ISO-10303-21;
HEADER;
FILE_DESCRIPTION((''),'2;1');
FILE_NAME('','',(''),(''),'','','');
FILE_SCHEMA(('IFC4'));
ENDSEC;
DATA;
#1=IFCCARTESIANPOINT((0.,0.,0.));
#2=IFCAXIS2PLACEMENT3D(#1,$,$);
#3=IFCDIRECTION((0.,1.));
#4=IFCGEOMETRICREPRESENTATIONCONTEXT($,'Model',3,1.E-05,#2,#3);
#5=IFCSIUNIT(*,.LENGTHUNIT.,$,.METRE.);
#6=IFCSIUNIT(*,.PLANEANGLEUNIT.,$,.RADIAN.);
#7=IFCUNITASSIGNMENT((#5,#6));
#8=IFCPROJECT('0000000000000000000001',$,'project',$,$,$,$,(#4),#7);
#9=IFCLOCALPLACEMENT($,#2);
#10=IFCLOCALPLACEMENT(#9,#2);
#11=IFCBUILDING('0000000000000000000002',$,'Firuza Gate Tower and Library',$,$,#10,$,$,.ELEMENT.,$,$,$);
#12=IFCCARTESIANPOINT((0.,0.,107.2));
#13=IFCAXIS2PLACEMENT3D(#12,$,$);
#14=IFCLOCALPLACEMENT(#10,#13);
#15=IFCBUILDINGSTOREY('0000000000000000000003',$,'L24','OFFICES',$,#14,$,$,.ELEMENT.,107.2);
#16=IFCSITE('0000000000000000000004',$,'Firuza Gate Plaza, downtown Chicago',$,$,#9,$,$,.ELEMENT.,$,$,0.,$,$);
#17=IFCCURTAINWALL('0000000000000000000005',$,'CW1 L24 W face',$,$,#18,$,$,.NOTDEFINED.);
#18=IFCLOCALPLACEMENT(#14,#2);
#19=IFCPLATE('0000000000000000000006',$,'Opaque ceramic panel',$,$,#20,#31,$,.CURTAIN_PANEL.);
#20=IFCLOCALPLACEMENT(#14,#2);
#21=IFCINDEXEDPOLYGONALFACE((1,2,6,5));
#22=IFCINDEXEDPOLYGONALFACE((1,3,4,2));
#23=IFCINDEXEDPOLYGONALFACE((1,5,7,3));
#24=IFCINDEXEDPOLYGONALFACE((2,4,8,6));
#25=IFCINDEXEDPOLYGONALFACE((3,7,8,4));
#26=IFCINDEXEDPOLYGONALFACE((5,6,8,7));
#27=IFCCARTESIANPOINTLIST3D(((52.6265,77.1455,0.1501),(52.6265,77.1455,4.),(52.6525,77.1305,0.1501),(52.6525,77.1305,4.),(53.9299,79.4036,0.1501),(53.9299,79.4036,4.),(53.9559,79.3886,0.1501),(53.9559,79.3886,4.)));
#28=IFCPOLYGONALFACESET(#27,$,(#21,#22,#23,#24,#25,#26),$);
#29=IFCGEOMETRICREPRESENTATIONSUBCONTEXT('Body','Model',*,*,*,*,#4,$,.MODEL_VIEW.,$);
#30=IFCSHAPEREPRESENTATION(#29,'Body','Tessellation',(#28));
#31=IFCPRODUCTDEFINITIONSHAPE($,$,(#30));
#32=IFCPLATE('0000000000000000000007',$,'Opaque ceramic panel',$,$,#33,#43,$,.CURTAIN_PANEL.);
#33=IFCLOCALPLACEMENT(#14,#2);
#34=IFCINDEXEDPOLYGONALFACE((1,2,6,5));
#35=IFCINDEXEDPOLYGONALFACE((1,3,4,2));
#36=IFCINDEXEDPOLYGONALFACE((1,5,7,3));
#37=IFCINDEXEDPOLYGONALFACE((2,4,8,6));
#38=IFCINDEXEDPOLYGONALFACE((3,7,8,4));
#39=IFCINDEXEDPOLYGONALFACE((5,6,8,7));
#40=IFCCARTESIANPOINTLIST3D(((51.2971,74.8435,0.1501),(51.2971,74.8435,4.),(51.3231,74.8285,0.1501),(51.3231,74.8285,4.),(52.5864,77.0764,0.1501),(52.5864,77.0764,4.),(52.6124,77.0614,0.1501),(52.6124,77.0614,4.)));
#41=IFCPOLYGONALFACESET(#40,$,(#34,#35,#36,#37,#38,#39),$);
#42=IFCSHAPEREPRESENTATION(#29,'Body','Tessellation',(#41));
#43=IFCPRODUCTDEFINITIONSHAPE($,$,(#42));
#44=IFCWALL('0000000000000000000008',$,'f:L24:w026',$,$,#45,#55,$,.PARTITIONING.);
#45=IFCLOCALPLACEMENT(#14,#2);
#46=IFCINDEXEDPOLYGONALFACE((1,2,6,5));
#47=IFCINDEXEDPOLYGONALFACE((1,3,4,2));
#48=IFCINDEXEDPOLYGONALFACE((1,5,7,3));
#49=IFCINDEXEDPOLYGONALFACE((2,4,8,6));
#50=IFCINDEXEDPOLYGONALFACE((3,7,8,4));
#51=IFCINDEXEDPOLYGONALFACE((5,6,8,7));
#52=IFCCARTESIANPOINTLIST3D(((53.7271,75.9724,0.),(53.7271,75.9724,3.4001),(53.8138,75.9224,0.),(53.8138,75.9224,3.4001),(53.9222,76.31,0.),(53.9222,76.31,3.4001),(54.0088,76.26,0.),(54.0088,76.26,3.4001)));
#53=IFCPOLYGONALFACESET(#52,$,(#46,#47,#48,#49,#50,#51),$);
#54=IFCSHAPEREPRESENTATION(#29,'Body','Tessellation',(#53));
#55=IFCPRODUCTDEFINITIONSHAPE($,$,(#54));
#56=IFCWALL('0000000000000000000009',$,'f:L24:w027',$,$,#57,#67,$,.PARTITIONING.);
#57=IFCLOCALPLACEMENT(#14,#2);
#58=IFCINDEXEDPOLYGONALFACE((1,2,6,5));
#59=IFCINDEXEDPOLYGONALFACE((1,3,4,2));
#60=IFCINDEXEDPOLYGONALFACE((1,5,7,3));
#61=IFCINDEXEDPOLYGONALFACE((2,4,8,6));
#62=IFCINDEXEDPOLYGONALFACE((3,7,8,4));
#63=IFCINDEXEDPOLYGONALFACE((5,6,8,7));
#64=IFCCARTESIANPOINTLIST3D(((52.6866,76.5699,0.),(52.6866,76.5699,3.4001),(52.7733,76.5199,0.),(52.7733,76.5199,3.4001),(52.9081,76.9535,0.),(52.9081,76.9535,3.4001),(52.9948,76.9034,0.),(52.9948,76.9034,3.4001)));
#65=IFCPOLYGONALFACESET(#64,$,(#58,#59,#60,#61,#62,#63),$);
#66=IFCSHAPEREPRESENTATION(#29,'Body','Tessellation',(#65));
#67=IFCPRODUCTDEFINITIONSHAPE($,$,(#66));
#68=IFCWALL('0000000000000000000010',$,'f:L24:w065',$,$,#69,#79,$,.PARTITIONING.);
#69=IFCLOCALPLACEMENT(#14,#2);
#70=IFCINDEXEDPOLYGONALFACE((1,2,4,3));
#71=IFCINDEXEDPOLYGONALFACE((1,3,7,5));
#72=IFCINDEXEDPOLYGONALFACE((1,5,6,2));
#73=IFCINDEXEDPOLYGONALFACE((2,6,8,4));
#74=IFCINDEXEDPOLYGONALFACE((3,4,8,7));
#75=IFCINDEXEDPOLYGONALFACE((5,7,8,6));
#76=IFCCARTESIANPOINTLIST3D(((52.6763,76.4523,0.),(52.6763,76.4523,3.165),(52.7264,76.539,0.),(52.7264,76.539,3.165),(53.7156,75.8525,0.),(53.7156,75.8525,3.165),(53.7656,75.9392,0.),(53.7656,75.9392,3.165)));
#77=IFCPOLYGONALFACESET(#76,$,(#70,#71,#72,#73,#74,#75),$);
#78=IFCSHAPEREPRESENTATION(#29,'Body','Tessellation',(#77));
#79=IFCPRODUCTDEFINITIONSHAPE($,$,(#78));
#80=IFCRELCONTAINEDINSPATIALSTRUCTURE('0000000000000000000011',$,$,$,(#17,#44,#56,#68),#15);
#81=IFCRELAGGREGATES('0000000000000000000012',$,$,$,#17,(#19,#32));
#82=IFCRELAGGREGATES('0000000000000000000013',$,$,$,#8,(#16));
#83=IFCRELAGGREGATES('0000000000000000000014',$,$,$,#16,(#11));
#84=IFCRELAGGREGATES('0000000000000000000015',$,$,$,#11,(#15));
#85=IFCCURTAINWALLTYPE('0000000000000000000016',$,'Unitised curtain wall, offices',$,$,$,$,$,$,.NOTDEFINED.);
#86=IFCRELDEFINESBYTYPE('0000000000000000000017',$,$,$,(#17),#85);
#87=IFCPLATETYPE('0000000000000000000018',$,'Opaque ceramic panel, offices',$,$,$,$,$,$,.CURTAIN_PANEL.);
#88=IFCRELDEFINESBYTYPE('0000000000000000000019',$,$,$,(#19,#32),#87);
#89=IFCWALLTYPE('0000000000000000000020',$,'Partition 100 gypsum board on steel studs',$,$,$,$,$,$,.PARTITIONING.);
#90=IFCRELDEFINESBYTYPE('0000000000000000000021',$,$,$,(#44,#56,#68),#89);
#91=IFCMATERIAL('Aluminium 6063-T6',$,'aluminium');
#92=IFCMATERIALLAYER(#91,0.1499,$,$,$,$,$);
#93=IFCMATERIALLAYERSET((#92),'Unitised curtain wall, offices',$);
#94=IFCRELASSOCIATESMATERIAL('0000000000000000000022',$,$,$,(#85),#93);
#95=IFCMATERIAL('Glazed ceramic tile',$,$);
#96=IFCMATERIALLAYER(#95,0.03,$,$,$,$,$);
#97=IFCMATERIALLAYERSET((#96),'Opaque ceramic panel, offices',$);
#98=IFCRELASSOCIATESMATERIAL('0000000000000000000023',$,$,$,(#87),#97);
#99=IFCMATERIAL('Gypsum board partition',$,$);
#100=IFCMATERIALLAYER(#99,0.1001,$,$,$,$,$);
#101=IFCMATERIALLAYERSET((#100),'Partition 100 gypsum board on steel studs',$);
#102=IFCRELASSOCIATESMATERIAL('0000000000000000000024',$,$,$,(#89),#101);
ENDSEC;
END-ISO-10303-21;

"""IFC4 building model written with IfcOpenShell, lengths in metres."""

from ifc_helpers import new_model, si_unit, direction, frame, frame_2d, origin, place, context, subcontext, project, spatial, polyline, rectangle, outline, extrude, material, layer, layer_set, type_object, element, aggregate, save


model = new_model("IFC4")

# Units and contexts
model_context = context("Model", 3, precision=1e-05, world=origin(), true_north=direction((0.0, 1.0)))
body_context = subcontext(model_context, "Body", "Model", "MODEL_VIEW")
ifc_project = project(units=[si_unit("LENGTHUNIT", "METRE"), si_unit("PLANEANGLEUNIT", "RADIAN")], contexts=[model_context])

# Site, building, storey
site_placement = place(None, origin())
site = spatial("IfcSite", under=ifc_project, at=site_placement, Name="Firuza Gate Plaza, downtown Chicago", CompositionType="ELEMENT", RefElevation=0.0)
building_placement = place(site_placement, origin())
building = spatial("IfcBuilding", under=site, at=building_placement, Name="Firuza Gate Tower and Library", CompositionType="ELEMENT")
storey_placement = place(building_placement, frame((0.0, 0.0, 107.2)))
storey = spatial("IfcBuildingStorey", under=building, at=storey_placement, Name="L24", Description="OFFICES", CompositionType="ELEMENT", Elevation=107.2)

# Curtain wall
ifc_material_1 = material(Name="Aluminium 6063-T6", Category="aluminium")
ifc_layer_1 = layer(ifc_material_1, 0.1499)
ifc_layer_set_1 = layer_set([ifc_layer_1], Name="Unitised curtain wall, offices")
curtain_wall_type = type_object("IfcCurtainWallType", Name="Unitised curtain wall, offices", PredefinedType="NOTDEFINED", material=ifc_layer_set_1)
curtain_wall_placement = place(storey_placement, origin())
curtain_wall = element("IfcCurtainWall", 1, at=curtain_wall_placement, inside=storey, type_object=curtain_wall_type, Name="CW1 L24 W face", PredefinedType="NOTDEFINED")

# Plates
ifc_material_2 = material(Name="Glazed ceramic tile")
ifc_layer_2 = layer(ifc_material_2, 0.03)
ifc_layer_set_2 = layer_set([ifc_layer_2], Name="Opaque ceramic panel, offices")
plate_type_1 = type_object("IfcPlateType", Name="Opaque ceramic panel, offices", PredefinedType="CURTAIN_PANEL", material=ifc_layer_set_2)
plate_1_placement = place(storey_placement, frame((53.9299, 79.4036, 0.1501), z_axis=(-0.866062, 0.499936, 0.0), x_axis=(-0.499936, -0.866062, 0.0)))
plate_1 = element("IfcPlate", 2, at=plate_1_placement, type_object=plate_type_1, Name="Opaque ceramic panel", PredefinedType="CURTAIN_PANEL", context=body_context, shape_type="SweptSolid", body=[
    extrude(outline(polyline([(0.0, 0.0), (2.6073, 0.0), (2.6073, 3.8499), (0.0, 3.8499), (0.0, 0.0)])), origin(), (0.0, 0.0, -1.0), 0.03),
])
plate_2_placement = place(storey_placement, frame((52.5864, 77.0764, 0.1501), z_axis=(-0.866003, 0.500039, 0.0), x_axis=(-0.500039, -0.866003, 0.0)))
plate_2 = element("IfcPlate", 3, at=plate_2_placement, type_object=plate_type_1, Name="Opaque ceramic panel", PredefinedType="CURTAIN_PANEL", context=body_context, shape_type="SweptSolid", body=[
    extrude(outline(polyline([(0.0, 0.0), (2.5784, 0.0), (2.5784, 3.8499), (0.0, 3.8499), (0.0, 0.0)])), origin(), (0.0, 0.0, -1.0), 0.03),
])
aggregate(curtain_wall, [plate_1, plate_2])

# Walls
ifc_material_3 = material(Name="Gypsum board partition")
ifc_layer_3 = layer(ifc_material_3, 0.1001)
ifc_layer_set_3 = layer_set([ifc_layer_3], Name="Partition 100 gypsum board on steel studs")
wall_type = type_object("IfcWallType", Name="Partition 100 gypsum board on steel studs", PredefinedType="PARTITIONING", material=ifc_layer_set_3)
wall_1_placement = place(storey_placement, frame((53.7705, 75.9475, 0.0), z_axis=(0.0, 0.0, 1.0), x_axis=(0.500246, 0.865883, 0.0)))
element("IfcWall", 4, at=wall_1_placement, inside=storey, type_object=wall_type, Name="f:L24:w026", PredefinedType="PARTITIONING", context=body_context, shape_type="SweptSolid", body=[
    extrude(rectangle(XDim=0.3899, YDim=0.1001, at=frame_2d((0.1948, 0.0))), origin(), (0.0, 0.0, 1.0), 3.4001),
])
wall_2_placement = place(storey_placement, frame((52.73, 76.5449, 0.0), z_axis=(0.0, 0.0, 1.0), x_axis=(0.499993, 0.86603, 0.0)))
element("IfcWall", 5, at=wall_2_placement, inside=storey, type_object=wall_type, Name="f:L24:w027", PredefinedType="PARTITIONING", context=body_context, shape_type="SweptSolid", body=[
    extrude(rectangle(XDim=0.4429, YDim=0.1001, at=frame_2d((0.2214, 0.0))), origin(), (0.0, 0.0, 1.0), 3.4001),
])
wall_3_placement = place(storey_placement, frame((53.7407, 75.8958, 0.0), z_axis=(0.0, 0.0, 1.0), x_axis=(-0.866094, 0.499881, 0.0)))
element("IfcWall", 6, at=wall_3_placement, inside=storey, type_object=wall_type, Name="f:L24:w065", PredefinedType="PARTITIONING", context=body_context, shape_type="SweptSolid", body=[
    extrude(rectangle(XDim=1.2, YDim=0.1001, at=frame_2d((0.6001, 0.0))), origin(), (0.0, 0.0, 1.0), 3.165),
])

save(model, "model.ifc")
